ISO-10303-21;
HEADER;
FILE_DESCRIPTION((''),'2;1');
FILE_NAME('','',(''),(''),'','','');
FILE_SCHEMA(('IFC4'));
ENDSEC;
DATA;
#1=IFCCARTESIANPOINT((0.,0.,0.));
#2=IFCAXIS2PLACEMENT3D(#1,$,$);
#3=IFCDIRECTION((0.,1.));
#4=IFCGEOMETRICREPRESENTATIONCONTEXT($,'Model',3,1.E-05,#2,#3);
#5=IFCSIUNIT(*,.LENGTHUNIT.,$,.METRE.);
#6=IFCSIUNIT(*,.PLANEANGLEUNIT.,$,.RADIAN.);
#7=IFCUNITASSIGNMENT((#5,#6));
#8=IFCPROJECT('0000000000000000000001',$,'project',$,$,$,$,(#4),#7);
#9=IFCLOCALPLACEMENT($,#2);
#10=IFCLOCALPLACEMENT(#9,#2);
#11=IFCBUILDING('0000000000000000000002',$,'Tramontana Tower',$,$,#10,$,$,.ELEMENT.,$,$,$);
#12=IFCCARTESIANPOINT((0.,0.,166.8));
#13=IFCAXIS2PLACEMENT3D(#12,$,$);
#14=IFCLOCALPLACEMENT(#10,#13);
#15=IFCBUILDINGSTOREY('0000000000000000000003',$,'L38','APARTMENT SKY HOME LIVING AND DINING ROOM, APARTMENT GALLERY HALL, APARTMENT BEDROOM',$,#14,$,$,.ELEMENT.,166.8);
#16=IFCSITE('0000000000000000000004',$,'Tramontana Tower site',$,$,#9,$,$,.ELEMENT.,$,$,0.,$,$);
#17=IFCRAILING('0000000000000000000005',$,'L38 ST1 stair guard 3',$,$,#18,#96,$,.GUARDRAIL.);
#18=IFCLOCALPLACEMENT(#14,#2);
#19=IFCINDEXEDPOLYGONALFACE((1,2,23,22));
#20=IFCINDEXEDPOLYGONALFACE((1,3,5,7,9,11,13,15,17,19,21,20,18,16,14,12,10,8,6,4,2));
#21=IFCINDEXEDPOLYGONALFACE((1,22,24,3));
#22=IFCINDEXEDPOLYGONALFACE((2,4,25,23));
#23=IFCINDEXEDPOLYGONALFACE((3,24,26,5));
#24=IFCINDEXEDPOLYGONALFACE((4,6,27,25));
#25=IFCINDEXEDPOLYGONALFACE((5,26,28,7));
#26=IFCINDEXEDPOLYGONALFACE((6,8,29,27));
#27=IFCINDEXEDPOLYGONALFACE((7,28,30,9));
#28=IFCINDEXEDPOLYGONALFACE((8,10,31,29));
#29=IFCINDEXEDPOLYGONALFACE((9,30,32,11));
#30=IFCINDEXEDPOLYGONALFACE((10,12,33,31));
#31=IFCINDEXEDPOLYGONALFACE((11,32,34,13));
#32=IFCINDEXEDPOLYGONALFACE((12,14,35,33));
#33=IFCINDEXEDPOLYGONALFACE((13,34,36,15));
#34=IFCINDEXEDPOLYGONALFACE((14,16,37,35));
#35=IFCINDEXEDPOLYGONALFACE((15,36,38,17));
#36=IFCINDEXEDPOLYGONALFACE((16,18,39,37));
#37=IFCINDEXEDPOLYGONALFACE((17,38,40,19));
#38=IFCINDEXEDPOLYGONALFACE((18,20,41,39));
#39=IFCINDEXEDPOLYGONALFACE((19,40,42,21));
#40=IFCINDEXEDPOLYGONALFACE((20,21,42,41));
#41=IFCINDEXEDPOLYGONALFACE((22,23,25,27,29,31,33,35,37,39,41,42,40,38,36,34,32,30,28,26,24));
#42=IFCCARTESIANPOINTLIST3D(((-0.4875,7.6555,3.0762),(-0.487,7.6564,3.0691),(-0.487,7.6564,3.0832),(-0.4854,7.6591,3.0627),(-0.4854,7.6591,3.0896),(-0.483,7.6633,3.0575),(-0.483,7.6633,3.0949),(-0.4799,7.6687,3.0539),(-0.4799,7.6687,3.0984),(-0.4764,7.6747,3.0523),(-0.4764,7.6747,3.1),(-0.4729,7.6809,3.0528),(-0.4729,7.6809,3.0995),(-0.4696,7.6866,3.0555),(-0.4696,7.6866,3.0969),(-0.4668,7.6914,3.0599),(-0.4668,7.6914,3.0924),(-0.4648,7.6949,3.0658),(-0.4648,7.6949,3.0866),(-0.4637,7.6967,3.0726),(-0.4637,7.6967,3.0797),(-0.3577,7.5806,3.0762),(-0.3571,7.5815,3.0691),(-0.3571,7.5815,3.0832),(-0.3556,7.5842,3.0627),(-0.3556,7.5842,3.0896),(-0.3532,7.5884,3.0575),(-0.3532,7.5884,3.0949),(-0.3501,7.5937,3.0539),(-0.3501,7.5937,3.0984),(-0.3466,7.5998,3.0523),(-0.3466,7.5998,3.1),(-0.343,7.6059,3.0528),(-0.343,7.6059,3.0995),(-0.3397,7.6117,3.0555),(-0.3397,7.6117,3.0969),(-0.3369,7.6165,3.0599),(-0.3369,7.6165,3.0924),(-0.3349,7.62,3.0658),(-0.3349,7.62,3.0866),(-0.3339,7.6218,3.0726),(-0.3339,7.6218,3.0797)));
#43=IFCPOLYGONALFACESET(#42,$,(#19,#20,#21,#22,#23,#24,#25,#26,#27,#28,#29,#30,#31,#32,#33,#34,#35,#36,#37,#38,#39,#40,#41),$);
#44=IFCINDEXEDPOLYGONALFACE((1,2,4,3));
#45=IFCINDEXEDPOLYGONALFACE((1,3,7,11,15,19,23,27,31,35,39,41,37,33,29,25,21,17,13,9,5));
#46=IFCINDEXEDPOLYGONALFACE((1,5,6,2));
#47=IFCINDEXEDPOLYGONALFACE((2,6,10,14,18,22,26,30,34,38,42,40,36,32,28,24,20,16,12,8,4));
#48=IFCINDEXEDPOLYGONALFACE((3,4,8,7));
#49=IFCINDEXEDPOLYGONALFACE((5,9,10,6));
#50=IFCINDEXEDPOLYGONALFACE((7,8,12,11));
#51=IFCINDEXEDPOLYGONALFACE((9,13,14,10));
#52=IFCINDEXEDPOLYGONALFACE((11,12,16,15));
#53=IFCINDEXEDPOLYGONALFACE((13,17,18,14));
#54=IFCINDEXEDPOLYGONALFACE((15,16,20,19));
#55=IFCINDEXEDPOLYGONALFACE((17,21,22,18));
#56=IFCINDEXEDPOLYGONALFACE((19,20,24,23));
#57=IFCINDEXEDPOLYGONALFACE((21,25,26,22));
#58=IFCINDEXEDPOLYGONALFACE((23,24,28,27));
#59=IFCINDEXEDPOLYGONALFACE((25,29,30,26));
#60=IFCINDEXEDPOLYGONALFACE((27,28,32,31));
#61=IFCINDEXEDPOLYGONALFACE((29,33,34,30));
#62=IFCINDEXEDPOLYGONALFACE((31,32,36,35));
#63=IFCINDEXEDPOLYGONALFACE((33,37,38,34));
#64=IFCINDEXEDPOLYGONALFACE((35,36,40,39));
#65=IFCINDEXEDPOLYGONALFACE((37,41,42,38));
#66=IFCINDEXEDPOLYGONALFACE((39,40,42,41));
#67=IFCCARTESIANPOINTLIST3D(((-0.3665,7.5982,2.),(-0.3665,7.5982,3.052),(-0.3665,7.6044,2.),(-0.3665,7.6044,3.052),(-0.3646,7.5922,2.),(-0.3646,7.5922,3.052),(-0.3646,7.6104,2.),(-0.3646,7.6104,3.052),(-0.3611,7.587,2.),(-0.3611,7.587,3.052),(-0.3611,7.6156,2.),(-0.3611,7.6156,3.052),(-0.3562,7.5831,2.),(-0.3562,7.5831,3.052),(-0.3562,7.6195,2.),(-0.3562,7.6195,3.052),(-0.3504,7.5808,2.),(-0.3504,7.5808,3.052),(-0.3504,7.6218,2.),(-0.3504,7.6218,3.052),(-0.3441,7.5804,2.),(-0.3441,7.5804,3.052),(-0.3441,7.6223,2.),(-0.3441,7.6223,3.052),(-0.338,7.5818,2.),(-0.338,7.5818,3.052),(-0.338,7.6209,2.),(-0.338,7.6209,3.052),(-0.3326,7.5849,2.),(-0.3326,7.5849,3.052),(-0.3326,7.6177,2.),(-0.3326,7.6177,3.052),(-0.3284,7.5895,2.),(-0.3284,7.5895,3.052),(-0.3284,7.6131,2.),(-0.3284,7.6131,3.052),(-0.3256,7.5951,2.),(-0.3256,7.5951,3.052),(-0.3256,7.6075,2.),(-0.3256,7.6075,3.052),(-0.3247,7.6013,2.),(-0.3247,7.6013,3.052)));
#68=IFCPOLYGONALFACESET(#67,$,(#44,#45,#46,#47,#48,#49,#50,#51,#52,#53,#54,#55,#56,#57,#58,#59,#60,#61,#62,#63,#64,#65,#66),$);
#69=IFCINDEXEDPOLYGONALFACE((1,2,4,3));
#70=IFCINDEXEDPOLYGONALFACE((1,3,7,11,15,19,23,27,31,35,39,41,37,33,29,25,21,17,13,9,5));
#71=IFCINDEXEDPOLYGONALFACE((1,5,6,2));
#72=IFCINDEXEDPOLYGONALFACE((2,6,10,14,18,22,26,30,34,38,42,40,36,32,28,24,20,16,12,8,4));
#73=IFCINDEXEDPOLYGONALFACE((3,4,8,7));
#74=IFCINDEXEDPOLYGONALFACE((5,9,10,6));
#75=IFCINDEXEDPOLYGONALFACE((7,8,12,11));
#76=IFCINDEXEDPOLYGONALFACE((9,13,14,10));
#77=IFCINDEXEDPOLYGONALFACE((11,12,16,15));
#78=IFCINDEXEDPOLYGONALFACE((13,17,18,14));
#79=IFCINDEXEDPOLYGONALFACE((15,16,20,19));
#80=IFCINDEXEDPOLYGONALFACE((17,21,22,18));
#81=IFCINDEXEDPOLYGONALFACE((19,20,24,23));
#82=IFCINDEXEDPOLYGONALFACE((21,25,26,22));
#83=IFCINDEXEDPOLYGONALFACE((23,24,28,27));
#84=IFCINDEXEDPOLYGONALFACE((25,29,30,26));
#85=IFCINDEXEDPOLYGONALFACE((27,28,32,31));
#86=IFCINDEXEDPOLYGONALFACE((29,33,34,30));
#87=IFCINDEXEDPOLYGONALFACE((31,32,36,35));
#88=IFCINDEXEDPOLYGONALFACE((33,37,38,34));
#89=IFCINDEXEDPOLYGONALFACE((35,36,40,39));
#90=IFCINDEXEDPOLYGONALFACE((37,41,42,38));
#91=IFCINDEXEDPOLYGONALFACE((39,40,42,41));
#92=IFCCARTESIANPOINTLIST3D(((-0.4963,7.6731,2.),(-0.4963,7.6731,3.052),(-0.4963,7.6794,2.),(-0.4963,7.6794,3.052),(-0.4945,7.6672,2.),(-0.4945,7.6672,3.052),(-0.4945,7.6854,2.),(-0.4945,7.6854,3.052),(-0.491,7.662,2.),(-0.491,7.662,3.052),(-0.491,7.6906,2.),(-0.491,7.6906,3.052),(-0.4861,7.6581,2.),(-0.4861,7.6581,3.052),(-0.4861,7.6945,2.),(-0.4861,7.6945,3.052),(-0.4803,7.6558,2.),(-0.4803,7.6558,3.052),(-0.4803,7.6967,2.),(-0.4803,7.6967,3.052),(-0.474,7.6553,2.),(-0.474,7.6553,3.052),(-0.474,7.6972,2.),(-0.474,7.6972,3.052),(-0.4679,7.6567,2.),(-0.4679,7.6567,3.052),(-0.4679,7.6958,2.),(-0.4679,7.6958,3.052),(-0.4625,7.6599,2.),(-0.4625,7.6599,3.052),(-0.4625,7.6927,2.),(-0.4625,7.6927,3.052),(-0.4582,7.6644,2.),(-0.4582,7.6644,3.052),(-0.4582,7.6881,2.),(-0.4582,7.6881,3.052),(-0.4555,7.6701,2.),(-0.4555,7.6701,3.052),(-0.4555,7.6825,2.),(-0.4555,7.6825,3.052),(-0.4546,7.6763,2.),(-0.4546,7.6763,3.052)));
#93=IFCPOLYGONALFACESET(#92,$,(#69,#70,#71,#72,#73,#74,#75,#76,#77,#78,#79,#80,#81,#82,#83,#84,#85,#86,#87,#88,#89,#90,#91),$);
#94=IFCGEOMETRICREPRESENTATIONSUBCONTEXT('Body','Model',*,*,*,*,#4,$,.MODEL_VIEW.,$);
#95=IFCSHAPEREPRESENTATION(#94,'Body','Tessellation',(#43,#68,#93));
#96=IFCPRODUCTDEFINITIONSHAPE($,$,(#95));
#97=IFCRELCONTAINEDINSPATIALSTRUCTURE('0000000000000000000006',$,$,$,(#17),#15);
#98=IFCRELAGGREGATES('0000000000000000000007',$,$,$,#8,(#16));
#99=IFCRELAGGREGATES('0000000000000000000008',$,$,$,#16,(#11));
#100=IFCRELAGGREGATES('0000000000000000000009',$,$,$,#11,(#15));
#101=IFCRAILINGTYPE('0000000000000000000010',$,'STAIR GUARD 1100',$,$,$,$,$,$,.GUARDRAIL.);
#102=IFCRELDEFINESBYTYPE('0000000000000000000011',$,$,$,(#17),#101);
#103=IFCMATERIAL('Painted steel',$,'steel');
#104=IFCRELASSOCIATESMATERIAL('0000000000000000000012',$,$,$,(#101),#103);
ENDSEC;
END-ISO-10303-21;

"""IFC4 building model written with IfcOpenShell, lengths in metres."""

from ifc_helpers import new_model, si_unit, direction, frame, origin, origin_2d, place, context, subcontext, project, spatial, circle, extrude, material, type_object, element, save


model = new_model("IFC4")

# Units and contexts
model_context = context("Model", 3, precision=1e-05, world=origin(), true_north=direction((0.0, 1.0)))
body_context = subcontext(model_context, "Body", "Model", "MODEL_VIEW")
ifc_project = project(units=[si_unit("LENGTHUNIT", "METRE"), si_unit("PLANEANGLEUNIT", "RADIAN")], contexts=[model_context])

# Site, building, storey
site_placement = place(None, origin())
site = spatial("IfcSite", under=ifc_project, at=site_placement, Name="Tramontana Tower site", CompositionType="ELEMENT", RefElevation=0.0)
building_placement = place(site_placement, origin())
building = spatial("IfcBuilding", under=site, at=building_placement, Name="Tramontana Tower", CompositionType="ELEMENT")
storey_placement = place(building_placement, frame((0.0, 0.0, 166.8)))
storey = spatial("IfcBuildingStorey", under=building, at=storey_placement, Name="L38", Description="APARTMENT SKY HOME LIVING AND DINING ROOM, APARTMENT GALLERY HALL, APARTMENT BEDROOM", CompositionType="ELEMENT", Elevation=166.8)

# Railing
ifc_material_1 = material(Name="Painted steel", Category="steel")
railing_type = type_object("IfcRailingType", Name="STAIR GUARD 1100", PredefinedType="GUARDRAIL", material=ifc_material_1)
railing_placement = place(storey_placement, frame((-0.3457, 7.6013, 2.0)))
element("IfcRailing", 1, at=railing_placement, inside=storey, type_object=railing_type, Name="L38 ST1 stair guard 3", PredefinedType="GUARDRAIL", context=body_context, shape_type="SweptSolid", body=[
    extrude(circle(Radius=0.0239, at=origin_2d()), frame((0.0, 0.0, 1.0762), z_axis=(-0.866131, 0.499816, 0.0), x_axis=(-0.499816, -0.866131, 0.0)), (0.0, 0.0, 1.0), 0.1499),
    extrude(circle(Radius=0.021, at=origin_2d()), origin(), (0.0, 0.0, 1.0), 1.052),
    extrude(circle(Radius=0.021, at=origin_2d()), frame((-0.1299, 0.075, 0.0)), (0.0, 0.0, 1.0), 1.052),
])

save(model, "model.ifc")
